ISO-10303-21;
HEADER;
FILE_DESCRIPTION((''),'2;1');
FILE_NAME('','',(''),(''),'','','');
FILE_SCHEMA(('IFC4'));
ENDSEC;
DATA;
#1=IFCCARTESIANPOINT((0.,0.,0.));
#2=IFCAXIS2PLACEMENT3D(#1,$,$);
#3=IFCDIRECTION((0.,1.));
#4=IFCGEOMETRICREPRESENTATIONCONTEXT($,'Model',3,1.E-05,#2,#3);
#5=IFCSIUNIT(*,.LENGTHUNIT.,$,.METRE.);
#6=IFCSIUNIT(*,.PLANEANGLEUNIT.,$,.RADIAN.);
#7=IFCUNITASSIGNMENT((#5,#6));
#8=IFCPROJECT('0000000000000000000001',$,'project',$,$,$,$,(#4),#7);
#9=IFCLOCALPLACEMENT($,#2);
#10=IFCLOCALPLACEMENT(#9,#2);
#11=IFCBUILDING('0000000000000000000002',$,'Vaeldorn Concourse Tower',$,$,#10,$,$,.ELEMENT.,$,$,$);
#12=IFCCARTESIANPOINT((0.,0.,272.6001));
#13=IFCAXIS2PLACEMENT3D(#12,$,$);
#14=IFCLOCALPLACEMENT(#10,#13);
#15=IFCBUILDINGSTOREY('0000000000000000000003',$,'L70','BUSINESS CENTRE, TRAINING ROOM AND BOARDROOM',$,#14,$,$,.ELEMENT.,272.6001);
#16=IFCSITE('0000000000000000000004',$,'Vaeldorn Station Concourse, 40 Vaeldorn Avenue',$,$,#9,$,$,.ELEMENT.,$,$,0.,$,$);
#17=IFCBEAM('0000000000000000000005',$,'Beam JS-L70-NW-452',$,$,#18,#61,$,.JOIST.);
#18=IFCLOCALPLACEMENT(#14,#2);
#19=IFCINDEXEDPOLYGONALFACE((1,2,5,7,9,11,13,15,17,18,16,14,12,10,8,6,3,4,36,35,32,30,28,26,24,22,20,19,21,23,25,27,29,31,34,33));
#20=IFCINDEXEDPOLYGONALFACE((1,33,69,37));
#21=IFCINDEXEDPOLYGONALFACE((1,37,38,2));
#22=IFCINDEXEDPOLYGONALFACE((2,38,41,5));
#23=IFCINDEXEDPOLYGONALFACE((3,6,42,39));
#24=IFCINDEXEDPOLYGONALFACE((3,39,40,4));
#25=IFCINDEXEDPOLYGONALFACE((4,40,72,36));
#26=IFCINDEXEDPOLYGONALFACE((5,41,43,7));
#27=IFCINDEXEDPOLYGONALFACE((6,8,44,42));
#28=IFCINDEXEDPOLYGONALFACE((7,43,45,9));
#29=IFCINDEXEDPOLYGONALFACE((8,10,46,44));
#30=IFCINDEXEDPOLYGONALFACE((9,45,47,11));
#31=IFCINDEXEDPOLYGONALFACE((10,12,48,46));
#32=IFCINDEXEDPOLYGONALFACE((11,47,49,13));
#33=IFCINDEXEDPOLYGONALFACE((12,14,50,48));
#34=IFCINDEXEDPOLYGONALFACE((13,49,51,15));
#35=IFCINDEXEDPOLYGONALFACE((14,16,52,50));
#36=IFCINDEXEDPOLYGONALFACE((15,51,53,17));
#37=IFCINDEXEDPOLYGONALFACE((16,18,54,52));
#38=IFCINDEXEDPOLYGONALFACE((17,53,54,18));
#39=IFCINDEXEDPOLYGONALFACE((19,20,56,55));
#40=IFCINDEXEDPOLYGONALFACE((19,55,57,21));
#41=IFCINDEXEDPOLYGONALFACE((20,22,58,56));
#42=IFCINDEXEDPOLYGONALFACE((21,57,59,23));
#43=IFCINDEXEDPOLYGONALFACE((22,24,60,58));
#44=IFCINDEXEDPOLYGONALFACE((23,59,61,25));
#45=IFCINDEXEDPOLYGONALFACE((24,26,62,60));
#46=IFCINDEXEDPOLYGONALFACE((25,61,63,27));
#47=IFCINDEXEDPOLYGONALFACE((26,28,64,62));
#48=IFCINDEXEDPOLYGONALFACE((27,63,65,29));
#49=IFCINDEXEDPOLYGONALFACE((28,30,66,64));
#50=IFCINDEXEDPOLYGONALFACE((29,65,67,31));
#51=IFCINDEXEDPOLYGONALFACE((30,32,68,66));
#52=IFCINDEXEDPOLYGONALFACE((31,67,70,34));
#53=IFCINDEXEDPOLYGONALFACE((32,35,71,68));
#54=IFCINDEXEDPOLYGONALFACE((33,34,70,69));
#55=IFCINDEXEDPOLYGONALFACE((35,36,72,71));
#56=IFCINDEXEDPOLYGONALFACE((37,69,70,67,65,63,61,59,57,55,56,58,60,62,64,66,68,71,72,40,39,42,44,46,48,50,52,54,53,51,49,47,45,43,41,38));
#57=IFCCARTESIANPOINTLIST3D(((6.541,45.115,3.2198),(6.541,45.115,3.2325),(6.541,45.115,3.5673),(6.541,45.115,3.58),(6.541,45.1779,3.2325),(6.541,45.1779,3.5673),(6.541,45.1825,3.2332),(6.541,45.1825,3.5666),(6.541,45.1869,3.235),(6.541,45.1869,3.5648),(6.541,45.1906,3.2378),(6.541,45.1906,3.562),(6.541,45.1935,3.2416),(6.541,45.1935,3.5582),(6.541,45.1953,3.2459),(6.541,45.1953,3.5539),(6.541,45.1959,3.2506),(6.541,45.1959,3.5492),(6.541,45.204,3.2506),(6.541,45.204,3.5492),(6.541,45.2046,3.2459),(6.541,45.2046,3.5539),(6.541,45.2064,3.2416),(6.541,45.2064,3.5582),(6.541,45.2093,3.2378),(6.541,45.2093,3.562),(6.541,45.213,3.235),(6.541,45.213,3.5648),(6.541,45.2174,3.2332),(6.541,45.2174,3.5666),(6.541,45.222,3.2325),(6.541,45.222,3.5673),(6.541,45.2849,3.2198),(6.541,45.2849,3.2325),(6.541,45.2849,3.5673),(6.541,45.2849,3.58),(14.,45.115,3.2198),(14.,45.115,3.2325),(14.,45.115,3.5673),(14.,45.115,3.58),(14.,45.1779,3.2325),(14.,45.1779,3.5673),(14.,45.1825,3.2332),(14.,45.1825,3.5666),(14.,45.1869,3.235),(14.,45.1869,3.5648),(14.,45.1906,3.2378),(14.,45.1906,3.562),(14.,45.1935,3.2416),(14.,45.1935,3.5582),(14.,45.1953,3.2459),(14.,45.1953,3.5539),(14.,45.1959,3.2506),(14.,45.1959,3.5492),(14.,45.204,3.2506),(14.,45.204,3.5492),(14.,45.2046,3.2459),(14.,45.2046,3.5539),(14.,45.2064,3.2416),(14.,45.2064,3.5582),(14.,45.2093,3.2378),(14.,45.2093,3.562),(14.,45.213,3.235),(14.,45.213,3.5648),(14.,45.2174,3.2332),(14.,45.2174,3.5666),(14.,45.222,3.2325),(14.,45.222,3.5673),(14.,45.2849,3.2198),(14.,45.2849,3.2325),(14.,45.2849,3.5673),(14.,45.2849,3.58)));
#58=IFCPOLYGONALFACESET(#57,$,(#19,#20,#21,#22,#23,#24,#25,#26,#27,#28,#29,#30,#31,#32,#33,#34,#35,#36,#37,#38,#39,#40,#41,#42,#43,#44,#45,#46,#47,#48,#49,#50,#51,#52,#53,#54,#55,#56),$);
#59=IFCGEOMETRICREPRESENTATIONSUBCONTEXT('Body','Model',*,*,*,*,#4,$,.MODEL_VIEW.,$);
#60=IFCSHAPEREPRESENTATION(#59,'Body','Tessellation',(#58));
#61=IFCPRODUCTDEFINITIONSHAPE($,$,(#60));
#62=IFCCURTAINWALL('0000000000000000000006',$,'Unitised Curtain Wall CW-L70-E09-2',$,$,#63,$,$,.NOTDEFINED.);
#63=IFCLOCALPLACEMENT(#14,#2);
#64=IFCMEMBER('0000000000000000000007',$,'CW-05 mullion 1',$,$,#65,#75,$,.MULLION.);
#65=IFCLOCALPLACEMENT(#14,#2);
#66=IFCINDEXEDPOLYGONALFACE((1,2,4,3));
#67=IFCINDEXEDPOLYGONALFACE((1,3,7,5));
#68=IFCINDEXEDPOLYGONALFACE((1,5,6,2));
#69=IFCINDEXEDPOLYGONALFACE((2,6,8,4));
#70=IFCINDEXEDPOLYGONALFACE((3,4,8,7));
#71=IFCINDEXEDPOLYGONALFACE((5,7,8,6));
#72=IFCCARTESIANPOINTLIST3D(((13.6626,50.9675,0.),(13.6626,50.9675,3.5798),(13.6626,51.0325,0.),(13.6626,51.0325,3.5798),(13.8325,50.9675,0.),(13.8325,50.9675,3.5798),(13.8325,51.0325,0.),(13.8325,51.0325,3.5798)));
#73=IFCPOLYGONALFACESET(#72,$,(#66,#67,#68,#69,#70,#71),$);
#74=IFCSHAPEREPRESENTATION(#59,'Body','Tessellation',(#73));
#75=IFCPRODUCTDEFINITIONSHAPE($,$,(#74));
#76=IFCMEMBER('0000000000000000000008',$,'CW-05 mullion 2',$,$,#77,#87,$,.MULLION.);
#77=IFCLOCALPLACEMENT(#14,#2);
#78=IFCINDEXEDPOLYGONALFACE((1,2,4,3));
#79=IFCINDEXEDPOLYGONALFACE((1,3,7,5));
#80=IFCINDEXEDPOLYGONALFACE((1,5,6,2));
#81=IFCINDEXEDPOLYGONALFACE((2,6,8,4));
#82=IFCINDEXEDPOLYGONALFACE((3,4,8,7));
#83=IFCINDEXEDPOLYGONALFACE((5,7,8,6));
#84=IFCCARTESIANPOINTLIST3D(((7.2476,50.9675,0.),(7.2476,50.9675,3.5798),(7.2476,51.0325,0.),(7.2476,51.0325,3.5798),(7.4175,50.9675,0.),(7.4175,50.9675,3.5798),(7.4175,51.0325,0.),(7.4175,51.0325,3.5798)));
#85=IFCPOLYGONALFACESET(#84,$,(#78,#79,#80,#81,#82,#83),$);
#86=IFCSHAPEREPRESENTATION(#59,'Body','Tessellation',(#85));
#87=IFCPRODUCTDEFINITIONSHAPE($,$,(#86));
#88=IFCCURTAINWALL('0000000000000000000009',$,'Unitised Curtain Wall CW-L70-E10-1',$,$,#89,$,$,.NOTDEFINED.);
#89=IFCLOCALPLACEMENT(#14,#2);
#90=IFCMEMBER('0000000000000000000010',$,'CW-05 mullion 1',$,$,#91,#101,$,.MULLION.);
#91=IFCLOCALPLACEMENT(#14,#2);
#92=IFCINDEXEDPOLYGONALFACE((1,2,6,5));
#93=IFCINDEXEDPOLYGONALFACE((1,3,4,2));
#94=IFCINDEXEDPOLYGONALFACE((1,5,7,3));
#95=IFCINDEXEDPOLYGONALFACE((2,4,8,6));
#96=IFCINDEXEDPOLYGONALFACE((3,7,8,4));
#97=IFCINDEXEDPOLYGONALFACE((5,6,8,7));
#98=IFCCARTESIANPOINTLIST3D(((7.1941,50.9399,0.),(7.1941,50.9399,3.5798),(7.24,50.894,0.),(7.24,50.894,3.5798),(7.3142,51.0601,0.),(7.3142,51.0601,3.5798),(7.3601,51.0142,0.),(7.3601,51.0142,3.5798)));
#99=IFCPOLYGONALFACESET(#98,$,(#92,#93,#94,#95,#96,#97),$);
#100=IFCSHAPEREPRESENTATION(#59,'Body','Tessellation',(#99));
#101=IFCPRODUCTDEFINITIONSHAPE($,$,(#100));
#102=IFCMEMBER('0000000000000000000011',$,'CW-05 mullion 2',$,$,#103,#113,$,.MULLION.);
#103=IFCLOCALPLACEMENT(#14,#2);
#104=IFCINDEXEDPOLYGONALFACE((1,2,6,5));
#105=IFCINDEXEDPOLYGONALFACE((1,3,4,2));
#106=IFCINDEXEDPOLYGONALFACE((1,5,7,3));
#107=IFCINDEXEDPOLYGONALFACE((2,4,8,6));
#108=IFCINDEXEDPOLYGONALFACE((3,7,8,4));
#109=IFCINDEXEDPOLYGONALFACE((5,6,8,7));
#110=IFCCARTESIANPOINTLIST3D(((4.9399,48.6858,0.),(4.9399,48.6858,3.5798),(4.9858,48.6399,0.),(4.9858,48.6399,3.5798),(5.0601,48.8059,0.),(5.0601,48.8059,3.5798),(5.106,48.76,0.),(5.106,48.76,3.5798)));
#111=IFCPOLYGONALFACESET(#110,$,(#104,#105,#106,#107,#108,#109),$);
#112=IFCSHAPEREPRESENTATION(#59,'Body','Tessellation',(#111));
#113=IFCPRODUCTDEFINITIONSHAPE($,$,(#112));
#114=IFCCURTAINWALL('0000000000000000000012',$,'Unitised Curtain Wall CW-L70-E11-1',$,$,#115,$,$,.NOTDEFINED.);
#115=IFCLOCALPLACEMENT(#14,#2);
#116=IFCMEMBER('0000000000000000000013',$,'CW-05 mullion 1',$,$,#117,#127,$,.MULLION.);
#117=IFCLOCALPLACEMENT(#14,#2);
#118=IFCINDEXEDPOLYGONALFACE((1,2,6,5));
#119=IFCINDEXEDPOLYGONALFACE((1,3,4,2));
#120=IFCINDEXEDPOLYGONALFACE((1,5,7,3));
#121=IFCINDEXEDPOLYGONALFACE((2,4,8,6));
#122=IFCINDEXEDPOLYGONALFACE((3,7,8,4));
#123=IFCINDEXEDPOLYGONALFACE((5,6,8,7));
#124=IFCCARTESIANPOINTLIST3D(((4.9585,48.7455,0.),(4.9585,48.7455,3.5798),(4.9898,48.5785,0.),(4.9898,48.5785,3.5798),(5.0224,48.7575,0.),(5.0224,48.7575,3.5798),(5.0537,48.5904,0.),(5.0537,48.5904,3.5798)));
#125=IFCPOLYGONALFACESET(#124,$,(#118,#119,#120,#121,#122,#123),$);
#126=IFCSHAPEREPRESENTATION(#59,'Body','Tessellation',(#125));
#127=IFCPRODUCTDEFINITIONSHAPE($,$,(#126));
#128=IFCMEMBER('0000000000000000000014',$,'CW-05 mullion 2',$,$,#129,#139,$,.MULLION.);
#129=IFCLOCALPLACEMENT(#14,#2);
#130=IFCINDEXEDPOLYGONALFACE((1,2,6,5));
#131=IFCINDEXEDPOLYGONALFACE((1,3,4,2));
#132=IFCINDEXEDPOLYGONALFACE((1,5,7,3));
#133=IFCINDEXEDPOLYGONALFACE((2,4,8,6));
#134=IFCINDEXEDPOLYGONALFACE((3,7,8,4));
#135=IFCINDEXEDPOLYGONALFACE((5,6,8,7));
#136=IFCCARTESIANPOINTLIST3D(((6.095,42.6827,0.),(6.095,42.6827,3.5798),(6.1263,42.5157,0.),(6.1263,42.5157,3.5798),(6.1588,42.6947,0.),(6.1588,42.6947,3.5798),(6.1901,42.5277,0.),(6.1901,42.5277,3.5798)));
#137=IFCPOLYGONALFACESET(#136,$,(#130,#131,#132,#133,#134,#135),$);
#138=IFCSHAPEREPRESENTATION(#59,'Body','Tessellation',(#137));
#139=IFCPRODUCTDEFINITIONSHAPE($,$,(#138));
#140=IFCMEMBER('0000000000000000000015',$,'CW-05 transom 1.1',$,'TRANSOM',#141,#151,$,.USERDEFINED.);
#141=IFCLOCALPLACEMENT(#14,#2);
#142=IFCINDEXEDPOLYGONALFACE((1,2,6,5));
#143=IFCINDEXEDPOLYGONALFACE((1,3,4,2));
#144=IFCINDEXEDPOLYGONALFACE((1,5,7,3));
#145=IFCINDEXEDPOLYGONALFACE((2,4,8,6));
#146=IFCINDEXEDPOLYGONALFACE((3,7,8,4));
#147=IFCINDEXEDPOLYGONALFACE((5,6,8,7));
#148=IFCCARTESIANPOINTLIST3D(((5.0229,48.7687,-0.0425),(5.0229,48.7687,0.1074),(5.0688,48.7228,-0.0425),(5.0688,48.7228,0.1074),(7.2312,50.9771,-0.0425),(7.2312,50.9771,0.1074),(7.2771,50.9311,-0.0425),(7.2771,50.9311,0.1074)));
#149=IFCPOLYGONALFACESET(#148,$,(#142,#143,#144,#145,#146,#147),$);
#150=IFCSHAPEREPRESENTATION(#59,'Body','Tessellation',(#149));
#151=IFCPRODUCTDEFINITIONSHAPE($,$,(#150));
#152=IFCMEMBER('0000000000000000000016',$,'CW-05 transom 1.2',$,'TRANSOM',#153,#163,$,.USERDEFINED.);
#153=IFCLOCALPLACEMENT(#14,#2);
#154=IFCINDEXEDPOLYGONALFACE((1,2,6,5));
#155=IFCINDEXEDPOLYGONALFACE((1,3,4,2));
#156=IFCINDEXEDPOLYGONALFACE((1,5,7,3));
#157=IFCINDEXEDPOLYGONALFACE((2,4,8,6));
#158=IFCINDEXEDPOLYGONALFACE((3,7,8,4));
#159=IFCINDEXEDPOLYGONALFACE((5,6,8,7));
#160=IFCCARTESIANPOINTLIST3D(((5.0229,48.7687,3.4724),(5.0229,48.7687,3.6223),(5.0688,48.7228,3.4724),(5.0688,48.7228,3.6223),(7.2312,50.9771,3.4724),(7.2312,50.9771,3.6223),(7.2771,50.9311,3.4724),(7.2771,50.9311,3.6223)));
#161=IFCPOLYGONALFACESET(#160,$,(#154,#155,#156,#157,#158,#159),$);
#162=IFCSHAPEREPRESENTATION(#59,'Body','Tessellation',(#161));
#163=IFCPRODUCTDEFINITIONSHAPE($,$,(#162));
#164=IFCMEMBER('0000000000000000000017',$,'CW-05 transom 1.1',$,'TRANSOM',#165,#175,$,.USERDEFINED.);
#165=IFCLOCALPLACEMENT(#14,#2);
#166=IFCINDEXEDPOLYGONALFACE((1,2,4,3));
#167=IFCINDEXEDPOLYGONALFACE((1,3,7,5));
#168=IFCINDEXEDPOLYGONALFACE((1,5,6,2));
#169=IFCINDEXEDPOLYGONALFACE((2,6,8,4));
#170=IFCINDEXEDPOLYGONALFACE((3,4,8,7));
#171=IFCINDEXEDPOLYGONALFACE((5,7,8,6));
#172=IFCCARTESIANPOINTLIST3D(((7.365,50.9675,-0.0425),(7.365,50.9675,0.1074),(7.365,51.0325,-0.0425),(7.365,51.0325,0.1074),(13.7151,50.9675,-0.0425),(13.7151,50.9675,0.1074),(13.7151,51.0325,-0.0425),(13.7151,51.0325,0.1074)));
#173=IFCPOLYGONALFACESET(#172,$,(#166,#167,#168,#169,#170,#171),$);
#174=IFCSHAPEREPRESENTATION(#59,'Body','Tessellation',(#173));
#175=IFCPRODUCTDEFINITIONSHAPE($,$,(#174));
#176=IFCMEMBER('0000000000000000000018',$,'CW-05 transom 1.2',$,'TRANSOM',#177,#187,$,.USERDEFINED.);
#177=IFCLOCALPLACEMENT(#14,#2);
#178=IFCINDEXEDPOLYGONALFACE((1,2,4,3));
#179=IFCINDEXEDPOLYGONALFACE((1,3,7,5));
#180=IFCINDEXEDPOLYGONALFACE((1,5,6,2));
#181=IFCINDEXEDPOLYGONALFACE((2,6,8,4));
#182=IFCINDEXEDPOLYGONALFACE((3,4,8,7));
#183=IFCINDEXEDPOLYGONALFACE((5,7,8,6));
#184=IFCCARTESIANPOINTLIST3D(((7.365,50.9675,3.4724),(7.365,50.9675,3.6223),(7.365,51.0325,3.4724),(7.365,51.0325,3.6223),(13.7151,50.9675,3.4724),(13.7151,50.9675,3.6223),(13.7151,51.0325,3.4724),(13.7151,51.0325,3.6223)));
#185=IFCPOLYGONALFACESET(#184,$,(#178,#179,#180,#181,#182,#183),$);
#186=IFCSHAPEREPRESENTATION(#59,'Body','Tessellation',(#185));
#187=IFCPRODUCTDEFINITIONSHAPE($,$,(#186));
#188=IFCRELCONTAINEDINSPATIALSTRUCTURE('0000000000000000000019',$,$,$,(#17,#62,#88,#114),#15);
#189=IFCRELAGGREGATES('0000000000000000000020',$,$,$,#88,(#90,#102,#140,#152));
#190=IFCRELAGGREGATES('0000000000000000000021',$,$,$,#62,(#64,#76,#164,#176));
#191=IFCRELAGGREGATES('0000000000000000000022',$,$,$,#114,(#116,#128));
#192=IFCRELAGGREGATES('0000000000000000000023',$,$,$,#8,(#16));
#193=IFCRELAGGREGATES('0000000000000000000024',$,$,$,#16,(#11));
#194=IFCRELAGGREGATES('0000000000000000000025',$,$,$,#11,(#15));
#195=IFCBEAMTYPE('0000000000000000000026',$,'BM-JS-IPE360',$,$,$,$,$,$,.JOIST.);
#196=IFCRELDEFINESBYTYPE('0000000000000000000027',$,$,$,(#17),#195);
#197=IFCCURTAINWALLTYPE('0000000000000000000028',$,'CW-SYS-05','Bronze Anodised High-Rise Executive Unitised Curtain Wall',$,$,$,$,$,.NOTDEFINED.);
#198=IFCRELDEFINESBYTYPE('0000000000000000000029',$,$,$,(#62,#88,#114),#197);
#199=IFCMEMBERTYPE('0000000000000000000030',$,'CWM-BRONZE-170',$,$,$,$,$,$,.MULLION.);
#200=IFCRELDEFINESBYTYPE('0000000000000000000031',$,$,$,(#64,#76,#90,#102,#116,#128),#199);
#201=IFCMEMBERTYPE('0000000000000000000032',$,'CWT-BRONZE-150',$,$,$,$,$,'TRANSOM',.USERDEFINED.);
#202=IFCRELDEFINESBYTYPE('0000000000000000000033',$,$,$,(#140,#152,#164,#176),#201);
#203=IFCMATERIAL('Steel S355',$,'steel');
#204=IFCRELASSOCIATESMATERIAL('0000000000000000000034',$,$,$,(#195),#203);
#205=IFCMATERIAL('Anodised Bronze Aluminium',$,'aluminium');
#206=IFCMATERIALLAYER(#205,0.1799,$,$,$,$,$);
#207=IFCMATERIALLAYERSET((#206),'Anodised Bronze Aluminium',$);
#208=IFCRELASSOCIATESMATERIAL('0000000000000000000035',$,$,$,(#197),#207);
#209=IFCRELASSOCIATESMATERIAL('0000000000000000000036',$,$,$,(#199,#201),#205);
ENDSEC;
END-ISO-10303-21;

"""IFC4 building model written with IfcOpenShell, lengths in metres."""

from ifc_helpers import new_model, si_unit, direction, frame, origin, origin_2d, place, context, subcontext, project, spatial, rectangle, i_section, extrude, source, transform, mapped, material, layer, layer_set, material_profile, profile_set, type_object, element, aggregate, save


model = new_model("IFC4")

# Units and contexts
model_context = context("Model", 3, precision=1e-05, world=origin(), true_north=direction((0.0, 1.0)))
body_context = subcontext(model_context, "Body", "Model", "MODEL_VIEW")
ifc_project = project(units=[si_unit("LENGTHUNIT", "METRE"), si_unit("PLANEANGLEUNIT", "RADIAN")], contexts=[model_context])

# Site, building, storey
site_placement = place(None, origin())
site = spatial("IfcSite", under=ifc_project, at=site_placement, Name="Vaeldorn Station Concourse, 40 Vaeldorn Avenue", CompositionType="ELEMENT", RefElevation=0.0)
building_placement = place(site_placement, origin())
building = spatial("IfcBuilding", under=site, at=building_placement, Name="Vaeldorn Concourse Tower", CompositionType="ELEMENT")
storey_placement = place(building_placement, frame((0.0, 0.0, 272.6001)))
storey = spatial("IfcBuildingStorey", under=building, at=storey_placement, Name="L70", Description="BUSINESS CENTRE, TRAINING ROOM AND BOARDROOM", CompositionType="ELEMENT", Elevation=272.6001)

# Shared definitions
ifc_material_1 = material(Name="Steel S355", Category="steel")

# Beam
ifc_material_profile_1 = material_profile(ifc_material_1, i_section(OverallWidth=0.1699, OverallDepth=0.3601, WebThickness=0.0081, FlangeThickness=0.0127, FilletRadius=0.0181, at=origin_2d()), Name="IPE 360")
ifc_profile_set_1 = profile_set([ifc_material_profile_1], Name="Steel S355")
beam_type_1 = type_object("IfcBeamType", Name="BM-JS-IPE360", PredefinedType="JOIST", material=ifc_profile_set_1)
shared_shape_1 = source(origin(), body_context, "Body", "SweptSolid", [
    extrude(i_section(OverallWidth=0.1699, OverallDepth=0.3601, WebThickness=0.0081, FlangeThickness=0.0127, FilletRadius=0.0181, at=origin_2d()), origin(), (0.0, 0.0, 1.0), 7.459),
])
beam_1_placement = place(storey_placement, frame((6.541, 45.2, 3.3999), z_axis=(1.0, 0.0, 0.0), x_axis=(0.0, 1.0, 0.0)))
element("IfcBeam", 1, at=beam_1_placement, inside=storey, type_object=beam_type_1, Name="Beam JS-L70-NW-452", PredefinedType="JOIST", context=body_context, shape_type="MappedRepresentation", body=[
    mapped(shared_shape_1, transform((0.0, 0.0, 0.0), scale=1.0)),
])

# Curtain walls, members
ifc_material_2 = material(Name="Anodised Bronze Aluminium", Category="aluminium")
ifc_layer_1 = layer(ifc_material_2, 0.1799)
ifc_layer_set_1 = layer_set([ifc_layer_1], Name="Anodised Bronze Aluminium")
curtain_wall_type = type_object("IfcCurtainWallType", Name="CW-SYS-05", Description="Bronze Anodised High-Rise Executive Unitised Curtain Wall", PredefinedType="NOTDEFINED", material=ifc_layer_set_1)
curtain_wall_1_placement = place(storey_placement, origin())
curtain_wall_1 = element("IfcCurtainWall", 2, at=curtain_wall_1_placement, inside=storey, type_object=curtain_wall_type, Name="Unitised Curtain Wall CW-L70-E09-2", PredefinedType="NOTDEFINED")
ifc_material_profile_2 = material_profile(ifc_material_2, rectangle(XDim=0.0649, YDim=0.1699, at=origin_2d()), Name="CWM 65x170")
ifc_profile_set_2 = profile_set([ifc_material_profile_2], Name="Anodised Bronze Aluminium")
member_type_1 = type_object("IfcMemberType", Name="CWM-BRONZE-170", PredefinedType="MULLION", material=ifc_profile_set_2)
shared_shape_2 = source(origin(), body_context, "Body", "SweptSolid", [
    extrude(rectangle(XDim=0.0649, YDim=0.1699, at=origin_2d()), origin(), (0.0, 0.0, 1.0), 3.5798),
])
member_1_placement = place(storey_placement, frame((13.7476, 51.0, 0.0), z_axis=(0.0, 0.0, 1.0), x_axis=(0.0, -1.0, 0.0)))
member_1 = element("IfcMember", 3, at=member_1_placement, type_object=member_type_1, Name="CW-05 mullion 1", PredefinedType="MULLION", context=body_context, shape_type="MappedRepresentation", body=[
    mapped(shared_shape_2, transform((0.0, 0.0, 0.0), scale=1.0)),
])
member_2_placement = place(storey_placement, frame((7.3325, 51.0, 0.0), z_axis=(0.0, 0.0, 1.0), x_axis=(0.0, -1.0, 0.0)))
member_2 = element("IfcMember", 4, at=member_2_placement, type_object=member_type_1, Name="CW-05 mullion 2", PredefinedType="MULLION", context=body_context, shape_type="MappedRepresentation", body=[
    mapped(shared_shape_2, transform((0.0, 0.0, 0.0), scale=1.0)),
])
curtain_wall_2_placement = place(storey_placement, origin())
curtain_wall_2 = element("IfcCurtainWall", 5, at=curtain_wall_2_placement, inside=storey, type_object=curtain_wall_type, Name="Unitised Curtain Wall CW-L70-E10-1", PredefinedType="NOTDEFINED")
member_3_placement = place(storey_placement, frame((7.2771, 50.9771, 0.0), z_axis=(0.0, 0.0, 1.0), x_axis=(0.707107, -0.707107, 0.0)))
member_3 = element("IfcMember", 6, at=member_3_placement, type_object=member_type_1, Name="CW-05 mullion 1", PredefinedType="MULLION", context=body_context, shape_type="MappedRepresentation", body=[
    mapped(shared_shape_2, transform((0.0, 0.0, 0.0), scale=1.0)),
])
member_4_placement = place(storey_placement, frame((5.0229, 48.7229, 0.0), z_axis=(0.0, 0.0, 1.0), x_axis=(0.707107, -0.707107, 0.0)))
member_4 = element("IfcMember", 7, at=member_4_placement, type_object=member_type_1, Name="CW-05 mullion 2", PredefinedType="MULLION", context=body_context, shape_type="MappedRepresentation", body=[
    mapped(shared_shape_2, transform((0.0, 0.0, 0.0), scale=1.0)),
])
curtain_wall_3_placement = place(storey_placement, origin())
curtain_wall_3 = element("IfcCurtainWall", 8, at=curtain_wall_3_placement, inside=storey, type_object=curtain_wall_type, Name="Unitised Curtain Wall CW-L70-E11-1", PredefinedType="NOTDEFINED")
member_5_placement = place(storey_placement, frame((5.0061, 48.668, 0.0), z_axis=(0.0, 0.0, 1.0), x_axis=(0.98288, 0.184246, 0.0)))
member_5 = element("IfcMember", 9, at=member_5_placement, type_object=member_type_1, Name="CW-05 mullion 1", PredefinedType="MULLION", context=body_context, shape_type="MappedRepresentation", body=[
    mapped(shared_shape_2, transform((0.0, 0.0, 0.0), scale=1.0)),
])
member_6_placement = place(storey_placement, frame((6.1426, 42.6052, 0.0), z_axis=(0.0, 0.0, 1.0), x_axis=(0.98288, 0.184246, 0.0)))
member_6 = element("IfcMember", 10, at=member_6_placement, type_object=member_type_1, Name="CW-05 mullion 2", PredefinedType="MULLION", context=body_context, shape_type="MappedRepresentation", body=[
    mapped(shared_shape_2, transform((0.0, 0.0, 0.0), scale=1.0)),
])

# Members
ifc_material_profile_3 = material_profile(ifc_material_2, rectangle(XDim=0.0649, YDim=0.1499, at=origin_2d()), Name="CWT 65x150")
ifc_profile_set_3 = profile_set([ifc_material_profile_3], Name="Anodised Bronze Aluminium")
member_type_2 = type_object("IfcMemberType", Name="CWT-BRONZE-150", ElementType="TRANSOM", PredefinedType="USERDEFINED", material=ifc_profile_set_3)
shared_shape_3 = source(origin(), body_context, "Body", "SweptSolid", [
    extrude(rectangle(XDim=0.0649, YDim=0.1499, at=origin_2d()), origin(), (0.0, 0.0, 1.0), 3.123),
])
member_7_placement = place(storey_placement, frame((7.2542, 50.9541, 0.0325), z_axis=(-0.707107, -0.707107, 0.0), x_axis=(0.707107, -0.707107, 0.0)))
member_7 = element("IfcMember", 11, at=member_7_placement, type_object=member_type_2, Name="CW-05 transom 1.1", ObjectType="TRANSOM", PredefinedType="USERDEFINED", context=body_context, shape_type="MappedRepresentation", body=[
    mapped(shared_shape_3, transform((0.0, 0.0, 0.0), scale=1.0)),
])
member_8_placement = place(storey_placement, frame((7.2542, 50.9541, 3.5474), z_axis=(-0.707107, -0.707107, 0.0), x_axis=(0.707107, -0.707107, 0.0)))
member_8 = element("IfcMember", 12, at=member_8_placement, type_object=member_type_2, Name="CW-05 transom 1.2", ObjectType="TRANSOM", PredefinedType="USERDEFINED", context=body_context, shape_type="MappedRepresentation", body=[
    mapped(shared_shape_3, transform((0.0, 0.0, 0.0), scale=1.0)),
])
shared_shape_4 = source(origin(), body_context, "Body", "SweptSolid", [
    extrude(rectangle(XDim=0.0649, YDim=0.1499, at=origin_2d()), origin(), (0.0, 0.0, 1.0), 6.3501),
])
member_9_placement = place(storey_placement, frame((13.7151, 51.0, 0.0325), z_axis=(-1.0, 0.0, 0.0), x_axis=(0.0, -1.0, 0.0)))
member_9 = element("IfcMember", 13, at=member_9_placement, type_object=member_type_2, Name="CW-05 transom 1.1", ObjectType="TRANSOM", PredefinedType="USERDEFINED", context=body_context, shape_type="MappedRepresentation", body=[
    mapped(shared_shape_4, transform((0.0, 0.0, 0.0), scale=1.0)),
])
member_10_placement = place(storey_placement, frame((13.7151, 51.0, 3.5474), z_axis=(-1.0, 0.0, 0.0), x_axis=(0.0, -1.0, 0.0)))
member_10 = element("IfcMember", 14, at=member_10_placement, type_object=member_type_2, Name="CW-05 transom 1.2", ObjectType="TRANSOM", PredefinedType="USERDEFINED", context=body_context, shape_type="MappedRepresentation", body=[
    mapped(shared_shape_4, transform((0.0, 0.0, 0.0), scale=1.0)),
])

aggregate(curtain_wall_2, [member_3, member_4, member_7, member_8])
aggregate(curtain_wall_1, [member_1, member_2, member_9, member_10])
aggregate(curtain_wall_3, [member_5, member_6])

save(model, "model.ifc")
